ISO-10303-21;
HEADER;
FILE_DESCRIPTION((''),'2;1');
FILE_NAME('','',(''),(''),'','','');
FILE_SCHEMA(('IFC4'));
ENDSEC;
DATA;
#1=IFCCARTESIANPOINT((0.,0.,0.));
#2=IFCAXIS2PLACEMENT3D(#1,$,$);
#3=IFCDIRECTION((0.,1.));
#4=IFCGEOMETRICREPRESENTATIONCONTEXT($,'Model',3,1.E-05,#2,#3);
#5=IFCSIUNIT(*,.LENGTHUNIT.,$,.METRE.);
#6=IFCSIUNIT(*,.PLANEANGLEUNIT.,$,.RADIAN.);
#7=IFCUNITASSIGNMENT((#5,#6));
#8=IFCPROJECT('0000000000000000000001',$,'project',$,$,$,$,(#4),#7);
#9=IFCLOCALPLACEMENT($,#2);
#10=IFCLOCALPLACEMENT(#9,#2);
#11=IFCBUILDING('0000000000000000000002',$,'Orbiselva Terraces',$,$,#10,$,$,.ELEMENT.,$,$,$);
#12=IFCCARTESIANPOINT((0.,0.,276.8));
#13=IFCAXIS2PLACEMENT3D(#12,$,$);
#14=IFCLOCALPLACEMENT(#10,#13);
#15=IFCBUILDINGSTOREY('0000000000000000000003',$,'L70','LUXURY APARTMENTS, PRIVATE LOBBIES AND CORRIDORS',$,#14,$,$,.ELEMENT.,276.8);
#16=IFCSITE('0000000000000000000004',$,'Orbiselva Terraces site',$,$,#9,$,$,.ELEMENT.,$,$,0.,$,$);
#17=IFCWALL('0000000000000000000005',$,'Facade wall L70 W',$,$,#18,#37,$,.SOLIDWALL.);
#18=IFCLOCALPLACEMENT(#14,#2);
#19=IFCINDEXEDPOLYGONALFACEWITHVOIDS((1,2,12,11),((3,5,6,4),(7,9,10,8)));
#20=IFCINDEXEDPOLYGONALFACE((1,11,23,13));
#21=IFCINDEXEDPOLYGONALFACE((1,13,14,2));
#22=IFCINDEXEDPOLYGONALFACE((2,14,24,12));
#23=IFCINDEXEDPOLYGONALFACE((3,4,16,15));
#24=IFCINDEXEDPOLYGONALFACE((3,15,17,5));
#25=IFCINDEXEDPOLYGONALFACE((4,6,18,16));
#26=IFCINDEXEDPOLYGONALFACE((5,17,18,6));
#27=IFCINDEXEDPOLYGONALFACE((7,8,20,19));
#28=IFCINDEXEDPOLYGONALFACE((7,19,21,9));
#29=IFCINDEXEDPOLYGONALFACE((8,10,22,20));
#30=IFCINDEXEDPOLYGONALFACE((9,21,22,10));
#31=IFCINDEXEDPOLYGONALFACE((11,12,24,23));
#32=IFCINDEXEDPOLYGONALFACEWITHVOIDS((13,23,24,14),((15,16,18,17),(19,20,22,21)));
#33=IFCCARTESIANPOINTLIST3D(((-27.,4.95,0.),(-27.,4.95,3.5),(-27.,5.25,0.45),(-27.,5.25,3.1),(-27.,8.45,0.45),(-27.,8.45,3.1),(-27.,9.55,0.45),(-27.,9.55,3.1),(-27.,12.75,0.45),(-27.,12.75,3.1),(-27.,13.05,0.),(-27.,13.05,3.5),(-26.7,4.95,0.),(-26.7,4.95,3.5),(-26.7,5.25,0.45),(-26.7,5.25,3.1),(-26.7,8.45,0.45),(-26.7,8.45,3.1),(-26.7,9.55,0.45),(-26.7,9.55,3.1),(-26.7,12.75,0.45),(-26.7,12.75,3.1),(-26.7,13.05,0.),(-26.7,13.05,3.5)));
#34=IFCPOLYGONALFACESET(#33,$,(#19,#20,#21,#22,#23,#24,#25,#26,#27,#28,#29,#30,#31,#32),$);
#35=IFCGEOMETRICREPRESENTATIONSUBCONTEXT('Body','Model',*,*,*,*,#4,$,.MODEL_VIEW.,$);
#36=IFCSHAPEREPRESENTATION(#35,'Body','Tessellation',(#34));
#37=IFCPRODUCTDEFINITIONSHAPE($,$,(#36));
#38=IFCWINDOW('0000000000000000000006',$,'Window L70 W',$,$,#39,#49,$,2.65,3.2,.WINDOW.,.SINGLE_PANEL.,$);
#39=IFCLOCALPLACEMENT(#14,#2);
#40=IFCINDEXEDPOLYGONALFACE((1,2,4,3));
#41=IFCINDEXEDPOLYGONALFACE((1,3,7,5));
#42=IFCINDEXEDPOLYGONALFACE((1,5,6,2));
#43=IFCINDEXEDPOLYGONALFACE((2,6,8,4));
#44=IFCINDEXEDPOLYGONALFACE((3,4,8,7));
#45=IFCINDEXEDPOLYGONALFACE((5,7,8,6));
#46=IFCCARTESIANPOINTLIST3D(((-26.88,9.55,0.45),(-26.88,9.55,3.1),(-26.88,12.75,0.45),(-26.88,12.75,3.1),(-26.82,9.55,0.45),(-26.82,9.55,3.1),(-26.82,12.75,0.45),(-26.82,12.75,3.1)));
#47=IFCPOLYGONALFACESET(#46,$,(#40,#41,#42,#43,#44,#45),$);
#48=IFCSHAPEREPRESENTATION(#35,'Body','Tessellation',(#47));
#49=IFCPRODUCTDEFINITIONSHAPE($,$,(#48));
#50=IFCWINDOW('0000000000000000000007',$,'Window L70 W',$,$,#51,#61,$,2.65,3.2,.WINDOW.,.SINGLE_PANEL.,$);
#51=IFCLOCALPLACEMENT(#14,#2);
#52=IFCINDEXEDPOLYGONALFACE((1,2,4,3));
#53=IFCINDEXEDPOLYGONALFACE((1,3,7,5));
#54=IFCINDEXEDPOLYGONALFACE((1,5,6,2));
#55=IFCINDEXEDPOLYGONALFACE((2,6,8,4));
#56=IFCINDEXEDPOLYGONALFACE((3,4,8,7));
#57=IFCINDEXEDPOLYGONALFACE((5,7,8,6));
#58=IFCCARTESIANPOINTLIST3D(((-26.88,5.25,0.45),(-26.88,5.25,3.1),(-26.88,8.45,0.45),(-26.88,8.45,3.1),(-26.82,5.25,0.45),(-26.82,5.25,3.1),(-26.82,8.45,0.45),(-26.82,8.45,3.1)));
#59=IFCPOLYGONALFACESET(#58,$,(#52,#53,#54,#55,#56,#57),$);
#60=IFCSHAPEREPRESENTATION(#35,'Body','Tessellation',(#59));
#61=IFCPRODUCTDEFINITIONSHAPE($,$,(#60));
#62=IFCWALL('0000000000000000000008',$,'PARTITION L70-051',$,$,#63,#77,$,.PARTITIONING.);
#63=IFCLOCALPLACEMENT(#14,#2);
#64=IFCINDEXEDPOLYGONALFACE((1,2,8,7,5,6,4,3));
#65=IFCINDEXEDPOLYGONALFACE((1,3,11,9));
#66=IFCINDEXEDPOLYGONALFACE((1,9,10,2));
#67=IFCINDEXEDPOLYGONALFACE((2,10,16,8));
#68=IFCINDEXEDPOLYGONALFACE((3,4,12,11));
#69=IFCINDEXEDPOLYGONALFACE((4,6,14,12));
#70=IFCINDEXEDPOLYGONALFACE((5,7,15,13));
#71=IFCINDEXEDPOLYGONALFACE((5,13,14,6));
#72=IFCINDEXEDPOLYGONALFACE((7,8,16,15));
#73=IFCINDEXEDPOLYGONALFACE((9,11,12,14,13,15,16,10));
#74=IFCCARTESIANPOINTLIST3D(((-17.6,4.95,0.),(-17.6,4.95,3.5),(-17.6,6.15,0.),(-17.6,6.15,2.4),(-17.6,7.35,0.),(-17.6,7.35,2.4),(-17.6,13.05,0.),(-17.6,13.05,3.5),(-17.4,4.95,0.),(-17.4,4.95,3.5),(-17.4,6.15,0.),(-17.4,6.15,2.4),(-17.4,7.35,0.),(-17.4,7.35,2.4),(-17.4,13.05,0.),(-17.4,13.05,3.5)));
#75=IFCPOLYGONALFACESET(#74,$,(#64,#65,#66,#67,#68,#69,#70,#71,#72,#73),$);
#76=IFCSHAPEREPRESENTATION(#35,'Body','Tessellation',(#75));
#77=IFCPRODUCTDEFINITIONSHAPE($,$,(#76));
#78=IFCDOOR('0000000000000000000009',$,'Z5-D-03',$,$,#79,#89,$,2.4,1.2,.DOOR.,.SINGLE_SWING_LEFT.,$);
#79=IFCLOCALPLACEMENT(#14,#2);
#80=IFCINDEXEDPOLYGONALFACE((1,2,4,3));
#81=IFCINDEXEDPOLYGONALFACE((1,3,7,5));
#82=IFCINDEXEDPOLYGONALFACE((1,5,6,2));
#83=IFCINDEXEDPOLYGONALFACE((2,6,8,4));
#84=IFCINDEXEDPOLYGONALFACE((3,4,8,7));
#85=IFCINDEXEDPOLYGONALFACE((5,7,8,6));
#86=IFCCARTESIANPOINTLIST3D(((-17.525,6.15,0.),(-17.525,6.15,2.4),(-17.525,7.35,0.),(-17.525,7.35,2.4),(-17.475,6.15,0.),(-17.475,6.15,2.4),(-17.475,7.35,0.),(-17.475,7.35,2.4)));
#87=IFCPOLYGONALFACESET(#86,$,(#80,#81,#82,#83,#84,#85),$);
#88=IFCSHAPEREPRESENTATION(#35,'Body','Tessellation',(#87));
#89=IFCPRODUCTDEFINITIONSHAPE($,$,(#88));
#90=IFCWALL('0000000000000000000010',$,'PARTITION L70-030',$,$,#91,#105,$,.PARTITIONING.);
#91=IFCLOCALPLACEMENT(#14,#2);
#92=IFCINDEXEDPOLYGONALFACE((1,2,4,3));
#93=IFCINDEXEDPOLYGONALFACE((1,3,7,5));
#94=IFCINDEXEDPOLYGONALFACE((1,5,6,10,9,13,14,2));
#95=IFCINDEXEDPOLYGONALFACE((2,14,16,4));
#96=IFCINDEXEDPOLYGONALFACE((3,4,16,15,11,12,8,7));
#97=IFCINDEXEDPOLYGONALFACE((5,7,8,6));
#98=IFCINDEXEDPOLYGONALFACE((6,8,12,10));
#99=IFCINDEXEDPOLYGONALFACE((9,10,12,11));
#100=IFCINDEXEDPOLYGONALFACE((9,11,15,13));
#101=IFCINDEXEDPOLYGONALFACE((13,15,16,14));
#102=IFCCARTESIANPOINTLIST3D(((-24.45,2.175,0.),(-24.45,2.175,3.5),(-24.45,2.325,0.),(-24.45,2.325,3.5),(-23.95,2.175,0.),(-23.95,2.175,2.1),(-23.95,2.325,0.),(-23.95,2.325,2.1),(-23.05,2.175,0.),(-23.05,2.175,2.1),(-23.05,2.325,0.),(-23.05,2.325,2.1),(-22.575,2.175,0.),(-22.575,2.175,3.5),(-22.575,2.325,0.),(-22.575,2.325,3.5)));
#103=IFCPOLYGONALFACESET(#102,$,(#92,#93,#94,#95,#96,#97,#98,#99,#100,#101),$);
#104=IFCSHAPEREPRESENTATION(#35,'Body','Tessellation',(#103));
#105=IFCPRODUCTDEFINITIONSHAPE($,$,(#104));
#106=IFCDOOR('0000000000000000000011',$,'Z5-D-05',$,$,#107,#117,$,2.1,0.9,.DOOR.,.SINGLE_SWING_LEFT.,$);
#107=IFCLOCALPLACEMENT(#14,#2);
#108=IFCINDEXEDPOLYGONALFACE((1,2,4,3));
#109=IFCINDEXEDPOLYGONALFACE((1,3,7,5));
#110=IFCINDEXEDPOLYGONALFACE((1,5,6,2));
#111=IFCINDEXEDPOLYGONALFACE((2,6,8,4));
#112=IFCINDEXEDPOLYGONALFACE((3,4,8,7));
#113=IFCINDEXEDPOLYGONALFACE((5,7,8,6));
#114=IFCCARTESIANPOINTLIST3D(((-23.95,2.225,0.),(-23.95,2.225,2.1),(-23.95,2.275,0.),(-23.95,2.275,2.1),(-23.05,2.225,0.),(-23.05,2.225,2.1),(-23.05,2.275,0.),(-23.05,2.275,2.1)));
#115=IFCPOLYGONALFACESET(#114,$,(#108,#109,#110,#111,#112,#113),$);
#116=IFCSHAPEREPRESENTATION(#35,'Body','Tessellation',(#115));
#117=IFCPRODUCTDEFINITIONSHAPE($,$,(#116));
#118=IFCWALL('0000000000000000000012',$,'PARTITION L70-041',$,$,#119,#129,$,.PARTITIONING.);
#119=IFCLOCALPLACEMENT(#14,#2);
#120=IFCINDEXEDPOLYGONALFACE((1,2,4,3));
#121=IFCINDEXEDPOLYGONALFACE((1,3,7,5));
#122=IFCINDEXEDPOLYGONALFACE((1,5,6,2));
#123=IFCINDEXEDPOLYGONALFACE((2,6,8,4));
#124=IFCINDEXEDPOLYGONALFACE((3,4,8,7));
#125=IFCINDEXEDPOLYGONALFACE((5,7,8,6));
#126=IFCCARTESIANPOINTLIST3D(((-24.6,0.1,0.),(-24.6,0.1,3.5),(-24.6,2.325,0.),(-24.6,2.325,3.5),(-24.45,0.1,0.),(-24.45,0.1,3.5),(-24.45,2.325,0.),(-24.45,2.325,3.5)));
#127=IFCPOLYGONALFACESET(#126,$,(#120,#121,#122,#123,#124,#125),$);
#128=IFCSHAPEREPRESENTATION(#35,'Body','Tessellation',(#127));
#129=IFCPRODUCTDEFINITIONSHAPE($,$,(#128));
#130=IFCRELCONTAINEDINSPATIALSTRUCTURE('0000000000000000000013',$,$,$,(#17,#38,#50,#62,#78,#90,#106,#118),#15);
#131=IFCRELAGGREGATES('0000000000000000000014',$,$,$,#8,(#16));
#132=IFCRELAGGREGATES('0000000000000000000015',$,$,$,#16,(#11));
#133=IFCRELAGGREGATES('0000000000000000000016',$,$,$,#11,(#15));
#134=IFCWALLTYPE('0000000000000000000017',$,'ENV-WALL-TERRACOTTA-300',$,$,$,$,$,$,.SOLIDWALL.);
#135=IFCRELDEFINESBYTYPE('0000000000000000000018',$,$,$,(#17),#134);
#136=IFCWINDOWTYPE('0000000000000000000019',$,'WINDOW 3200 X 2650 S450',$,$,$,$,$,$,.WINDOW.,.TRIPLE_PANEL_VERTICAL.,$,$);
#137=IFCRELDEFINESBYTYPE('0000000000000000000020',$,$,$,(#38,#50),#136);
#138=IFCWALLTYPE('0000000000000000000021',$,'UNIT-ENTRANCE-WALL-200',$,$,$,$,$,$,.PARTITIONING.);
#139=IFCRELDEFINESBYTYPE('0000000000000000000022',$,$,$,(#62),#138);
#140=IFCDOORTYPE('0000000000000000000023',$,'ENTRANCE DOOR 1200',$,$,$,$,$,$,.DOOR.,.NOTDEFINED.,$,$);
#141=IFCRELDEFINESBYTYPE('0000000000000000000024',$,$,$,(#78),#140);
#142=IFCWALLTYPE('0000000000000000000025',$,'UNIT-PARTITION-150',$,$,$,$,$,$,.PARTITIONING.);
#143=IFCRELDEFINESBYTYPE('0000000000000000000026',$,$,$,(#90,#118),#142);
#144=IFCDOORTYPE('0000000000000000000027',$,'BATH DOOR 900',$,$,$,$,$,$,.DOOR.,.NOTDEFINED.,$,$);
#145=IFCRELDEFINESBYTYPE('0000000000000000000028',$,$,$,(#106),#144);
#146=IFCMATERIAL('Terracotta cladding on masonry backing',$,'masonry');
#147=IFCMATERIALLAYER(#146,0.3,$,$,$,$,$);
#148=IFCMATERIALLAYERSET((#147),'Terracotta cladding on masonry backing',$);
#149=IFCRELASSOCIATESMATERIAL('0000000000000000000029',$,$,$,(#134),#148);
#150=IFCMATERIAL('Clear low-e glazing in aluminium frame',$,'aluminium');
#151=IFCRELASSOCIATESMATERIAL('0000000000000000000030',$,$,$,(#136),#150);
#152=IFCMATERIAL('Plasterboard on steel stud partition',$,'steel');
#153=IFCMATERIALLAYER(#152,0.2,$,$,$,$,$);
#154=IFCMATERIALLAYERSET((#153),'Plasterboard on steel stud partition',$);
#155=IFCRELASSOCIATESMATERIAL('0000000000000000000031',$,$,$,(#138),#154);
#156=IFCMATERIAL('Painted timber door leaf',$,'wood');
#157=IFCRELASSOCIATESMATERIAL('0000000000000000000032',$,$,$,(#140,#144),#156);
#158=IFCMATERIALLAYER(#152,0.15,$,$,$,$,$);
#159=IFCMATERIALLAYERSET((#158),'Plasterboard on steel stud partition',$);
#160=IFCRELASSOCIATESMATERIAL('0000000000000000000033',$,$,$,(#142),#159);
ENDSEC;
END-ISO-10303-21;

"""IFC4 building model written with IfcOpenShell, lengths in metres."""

from ifc_helpers import new_model, si_unit, direction, frame, frame_2d, origin, place, context, subcontext, project, spatial, rectangle, extrude, material, layer, layer_set, type_object, element, fill, save


model = new_model("IFC4")

# Units and contexts
model_context = context("Model", 3, precision=1e-05, world=origin(), true_north=direction((0.0, 1.0)))
body_context = subcontext(model_context, "Body", "Model", "MODEL_VIEW")
ifc_project = project(units=[si_unit("LENGTHUNIT", "METRE"), si_unit("PLANEANGLEUNIT", "RADIAN")], contexts=[model_context])

# Site, building, storey
site_placement = place(None, origin())
site = spatial("IfcSite", under=ifc_project, at=site_placement, Name="Orbiselva Terraces site", CompositionType="ELEMENT", RefElevation=0.0)
building_placement = place(site_placement, origin())
building = spatial("IfcBuilding", under=site, at=building_placement, Name="Orbiselva Terraces", CompositionType="ELEMENT")
storey_placement = place(building_placement, frame((0.0, 0.0, 276.8)))
storey = spatial("IfcBuildingStorey", under=building, at=storey_placement, Name="L70", Description="LUXURY APARTMENTS, PRIVATE LOBBIES AND CORRIDORS", CompositionType="ELEMENT", Elevation=276.8)

# Wall, openings, windows
ifc_material_1 = material(Name="Terracotta cladding on masonry backing", Category="masonry")
ifc_layer_1 = layer(ifc_material_1, 0.3)
ifc_layer_set_1 = layer_set([ifc_layer_1], Name="Terracotta cladding on masonry backing")
wall_type_1 = type_object("IfcWallType", Name="ENV-WALL-TERRACOTTA-300", PredefinedType="SOLIDWALL", material=ifc_layer_set_1)
wall_1_placement = place(storey_placement, frame((-26.85, 4.95, 0.0), z_axis=(0.0, 0.0, 1.0), x_axis=(0.0, 1.0, 0.0)))
wall_1 = element("IfcWall", 1, at=wall_1_placement, inside=storey, type_object=wall_type_1, Name="Facade wall L70 W", PredefinedType="SOLIDWALL", context=body_context, shape_type="SweptSolid", body=[
    extrude(rectangle(XDim=8.1, YDim=0.3, at=frame_2d((4.05, 0.0))), origin(), (0.0, 0.0, 1.0), 3.5),
])
opening_1_placement = place(wall_1_placement, frame((4.6, 0.0, 0.45)))
opening_1 = element("IfcOpeningElement", 2, at=opening_1_placement, cuts=wall_1, PredefinedType="OPENING", context=body_context, shape_type="SweptSolid", body=[
    extrude(rectangle(XDim=3.2, YDim=2.65, at=frame_2d((1.6, 1.325))), frame((0.0, 0.16, 0.0), z_axis=(0.0, -1.0, 0.0), x_axis=(1.0, 0.0, 0.0)), (0.0, 0.0, 1.0), 0.32),
])
opening_2_placement = place(wall_1_placement, frame((0.3, 0.0, 0.45)))
opening_2 = element("IfcOpeningElement", 3, at=opening_2_placement, cuts=wall_1, PredefinedType="OPENING", context=body_context, shape_type="SweptSolid", body=[
    extrude(rectangle(XDim=3.2, YDim=2.65, at=frame_2d((1.6, 1.325))), frame((0.0, 0.16, 0.0), z_axis=(0.0, -1.0, 0.0), x_axis=(1.0, 0.0, 0.0)), (0.0, 0.0, 1.0), 0.32),
])
ifc_material_2 = material(Name="Clear low-e glazing in aluminium frame", Category="aluminium")
window_type = type_object("IfcWindowType", Name="WINDOW 3200 X 2650 S450", PartitioningType="TRIPLE_PANEL_VERTICAL", PredefinedType="WINDOW", material=ifc_material_2)
window_1_placement = place(opening_1_placement, origin())
window_1 = element("IfcWindow", 4, at=window_1_placement, inside=storey, type_object=window_type, Name="Window L70 W", OverallHeight=2.65, OverallWidth=3.2, PartitioningType="SINGLE_PANEL", PredefinedType="WINDOW", context=body_context, shape_type="SweptSolid", body=[
    extrude(rectangle(XDim=3.2, YDim=2.65, at=frame_2d((1.6, 1.325))), frame((0.0, 0.03, 0.0), z_axis=(0.0, -1.0, 0.0), x_axis=(1.0, 0.0, 0.0)), (0.0, 0.0, 1.0), 0.06),
])
fill(opening_1, window_1)
window_2_placement = place(opening_2_placement, origin())
window_2 = element("IfcWindow", 5, at=window_2_placement, inside=storey, type_object=window_type, Name="Window L70 W", OverallHeight=2.65, OverallWidth=3.2, PartitioningType="SINGLE_PANEL", PredefinedType="WINDOW", context=body_context, shape_type="SweptSolid", body=[
    extrude(rectangle(XDim=3.2, YDim=2.65, at=frame_2d((1.6, 1.325))), frame((0.0, 0.03, 0.0), z_axis=(0.0, -1.0, 0.0), x_axis=(1.0, 0.0, 0.0)), (0.0, 0.0, 1.0), 0.06),
])
fill(opening_2, window_2)

# Walls, openings, doors
ifc_material_3 = material(Name="Plasterboard on steel stud partition", Category="steel")
ifc_layer_2 = layer(ifc_material_3, 0.2)
ifc_layer_set_2 = layer_set([ifc_layer_2], Name="Plasterboard on steel stud partition")
wall_type_2 = type_object("IfcWallType", Name="UNIT-ENTRANCE-WALL-200", PredefinedType="PARTITIONING", material=ifc_layer_set_2)
wall_2_placement = place(storey_placement, frame((-17.5, 4.95, 0.0), z_axis=(0.0, 0.0, 1.0), x_axis=(0.0, 1.0, 0.0)))
wall_2 = element("IfcWall", 6, at=wall_2_placement, inside=storey, type_object=wall_type_2, Name="PARTITION L70-051", PredefinedType="PARTITIONING", context=body_context, shape_type="SweptSolid", body=[
    extrude(rectangle(XDim=8.1, YDim=0.2, at=frame_2d((4.05, 0.0))), origin(), (0.0, 0.0, 1.0), 3.5),
])
opening_3_placement = place(wall_2_placement, frame((1.2, 0.0, 0.0)))
opening_3 = element("IfcOpeningElement", 7, at=opening_3_placement, cuts=wall_2, PredefinedType="OPENING", context=body_context, shape_type="SweptSolid", body=[
    extrude(rectangle(XDim=1.2, YDim=2.4, at=frame_2d((0.6, 1.2))), frame((0.0, 0.11, 0.0), z_axis=(0.0, -1.0, 0.0), x_axis=(1.0, 0.0, 0.0)), (0.0, 0.0, 1.0), 0.22),
])
ifc_material_4 = material(Name="Painted timber door leaf", Category="wood")
door_type_1 = type_object("IfcDoorType", Name="ENTRANCE DOOR 1200", OperationType="NOTDEFINED", PredefinedType="DOOR", material=ifc_material_4)
door_1_placement = place(opening_3_placement, origin())
door_1 = element("IfcDoor", 8, at=door_1_placement, inside=storey, type_object=door_type_1, Name="Z5-D-03", OperationType="SINGLE_SWING_LEFT", OverallHeight=2.4, OverallWidth=1.2, PredefinedType="DOOR", context=body_context, shape_type="SweptSolid", body=[
    extrude(rectangle(XDim=1.2, YDim=2.4, at=frame_2d((0.6, 1.2))), frame((0.0, 0.025, 0.0), z_axis=(0.0, -1.0, 0.0), x_axis=(1.0, 0.0, 0.0)), (0.0, 0.0, 1.0), 0.05),
])
fill(opening_3, door_1)
ifc_layer_3 = layer(ifc_material_3, 0.15)
ifc_layer_set_3 = layer_set([ifc_layer_3], Name="Plasterboard on steel stud partition")
wall_type_3 = type_object("IfcWallType", Name="UNIT-PARTITION-150", PredefinedType="PARTITIONING", material=ifc_layer_set_3)
wall_3_placement = place(storey_placement, frame((-22.575, 2.25, 0.0), z_axis=(0.0, 0.0, 1.0), x_axis=(-1.0, 0.0, 0.0)))
wall_3 = element("IfcWall", 9, at=wall_3_placement, inside=storey, type_object=wall_type_3, Name="PARTITION L70-030", PredefinedType="PARTITIONING", context=body_context, shape_type="SweptSolid", body=[
    extrude(rectangle(XDim=1.875, YDim=0.15, at=frame_2d((0.9375, 0.0))), origin(), (0.0, 0.0, 1.0), 3.5),
])
opening_4_placement = place(wall_3_placement, frame((0.475, 0.0, 0.0)))
opening_4 = element("IfcOpeningElement", 10, at=opening_4_placement, cuts=wall_3, PredefinedType="OPENING", context=body_context, shape_type="SweptSolid", body=[
    extrude(rectangle(XDim=0.9, YDim=2.1, at=frame_2d((0.45, 1.05))), frame((0.0, 0.085, 0.0), z_axis=(0.0, -1.0, 0.0), x_axis=(1.0, 0.0, 0.0)), (0.0, 0.0, 1.0), 0.17),
])
door_type_2 = type_object("IfcDoorType", Name="BATH DOOR 900", OperationType="NOTDEFINED", PredefinedType="DOOR", material=ifc_material_4)
door_2_placement = place(opening_4_placement, origin())
door_2 = element("IfcDoor", 11, at=door_2_placement, inside=storey, type_object=door_type_2, Name="Z5-D-05", OperationType="SINGLE_SWING_LEFT", OverallHeight=2.1, OverallWidth=0.9, PredefinedType="DOOR", context=body_context, shape_type="SweptSolid", body=[
    extrude(rectangle(XDim=0.9, YDim=2.1, at=frame_2d((0.45, 1.05))), frame((0.0, 0.025, 0.0), z_axis=(0.0, -1.0, 0.0), x_axis=(1.0, 0.0, 0.0)), (0.0, 0.0, 1.0), 0.05),
])
fill(opening_4, door_2)

# Wall
wall_4_placement = place(storey_placement, frame((-24.525, 0.1, 0.0), z_axis=(0.0, 0.0, 1.0), x_axis=(0.0, 1.0, 0.0)))
element("IfcWall", 12, at=wall_4_placement, inside=storey, type_object=wall_type_3, Name="PARTITION L70-041", PredefinedType="PARTITIONING", context=body_context, shape_type="SweptSolid", body=[
    extrude(rectangle(XDim=2.225, YDim=0.15, at=frame_2d((1.1125, 0.0))), origin(), (0.0, 0.0, 1.0), 3.5),
])

save(model, "model.ifc")
